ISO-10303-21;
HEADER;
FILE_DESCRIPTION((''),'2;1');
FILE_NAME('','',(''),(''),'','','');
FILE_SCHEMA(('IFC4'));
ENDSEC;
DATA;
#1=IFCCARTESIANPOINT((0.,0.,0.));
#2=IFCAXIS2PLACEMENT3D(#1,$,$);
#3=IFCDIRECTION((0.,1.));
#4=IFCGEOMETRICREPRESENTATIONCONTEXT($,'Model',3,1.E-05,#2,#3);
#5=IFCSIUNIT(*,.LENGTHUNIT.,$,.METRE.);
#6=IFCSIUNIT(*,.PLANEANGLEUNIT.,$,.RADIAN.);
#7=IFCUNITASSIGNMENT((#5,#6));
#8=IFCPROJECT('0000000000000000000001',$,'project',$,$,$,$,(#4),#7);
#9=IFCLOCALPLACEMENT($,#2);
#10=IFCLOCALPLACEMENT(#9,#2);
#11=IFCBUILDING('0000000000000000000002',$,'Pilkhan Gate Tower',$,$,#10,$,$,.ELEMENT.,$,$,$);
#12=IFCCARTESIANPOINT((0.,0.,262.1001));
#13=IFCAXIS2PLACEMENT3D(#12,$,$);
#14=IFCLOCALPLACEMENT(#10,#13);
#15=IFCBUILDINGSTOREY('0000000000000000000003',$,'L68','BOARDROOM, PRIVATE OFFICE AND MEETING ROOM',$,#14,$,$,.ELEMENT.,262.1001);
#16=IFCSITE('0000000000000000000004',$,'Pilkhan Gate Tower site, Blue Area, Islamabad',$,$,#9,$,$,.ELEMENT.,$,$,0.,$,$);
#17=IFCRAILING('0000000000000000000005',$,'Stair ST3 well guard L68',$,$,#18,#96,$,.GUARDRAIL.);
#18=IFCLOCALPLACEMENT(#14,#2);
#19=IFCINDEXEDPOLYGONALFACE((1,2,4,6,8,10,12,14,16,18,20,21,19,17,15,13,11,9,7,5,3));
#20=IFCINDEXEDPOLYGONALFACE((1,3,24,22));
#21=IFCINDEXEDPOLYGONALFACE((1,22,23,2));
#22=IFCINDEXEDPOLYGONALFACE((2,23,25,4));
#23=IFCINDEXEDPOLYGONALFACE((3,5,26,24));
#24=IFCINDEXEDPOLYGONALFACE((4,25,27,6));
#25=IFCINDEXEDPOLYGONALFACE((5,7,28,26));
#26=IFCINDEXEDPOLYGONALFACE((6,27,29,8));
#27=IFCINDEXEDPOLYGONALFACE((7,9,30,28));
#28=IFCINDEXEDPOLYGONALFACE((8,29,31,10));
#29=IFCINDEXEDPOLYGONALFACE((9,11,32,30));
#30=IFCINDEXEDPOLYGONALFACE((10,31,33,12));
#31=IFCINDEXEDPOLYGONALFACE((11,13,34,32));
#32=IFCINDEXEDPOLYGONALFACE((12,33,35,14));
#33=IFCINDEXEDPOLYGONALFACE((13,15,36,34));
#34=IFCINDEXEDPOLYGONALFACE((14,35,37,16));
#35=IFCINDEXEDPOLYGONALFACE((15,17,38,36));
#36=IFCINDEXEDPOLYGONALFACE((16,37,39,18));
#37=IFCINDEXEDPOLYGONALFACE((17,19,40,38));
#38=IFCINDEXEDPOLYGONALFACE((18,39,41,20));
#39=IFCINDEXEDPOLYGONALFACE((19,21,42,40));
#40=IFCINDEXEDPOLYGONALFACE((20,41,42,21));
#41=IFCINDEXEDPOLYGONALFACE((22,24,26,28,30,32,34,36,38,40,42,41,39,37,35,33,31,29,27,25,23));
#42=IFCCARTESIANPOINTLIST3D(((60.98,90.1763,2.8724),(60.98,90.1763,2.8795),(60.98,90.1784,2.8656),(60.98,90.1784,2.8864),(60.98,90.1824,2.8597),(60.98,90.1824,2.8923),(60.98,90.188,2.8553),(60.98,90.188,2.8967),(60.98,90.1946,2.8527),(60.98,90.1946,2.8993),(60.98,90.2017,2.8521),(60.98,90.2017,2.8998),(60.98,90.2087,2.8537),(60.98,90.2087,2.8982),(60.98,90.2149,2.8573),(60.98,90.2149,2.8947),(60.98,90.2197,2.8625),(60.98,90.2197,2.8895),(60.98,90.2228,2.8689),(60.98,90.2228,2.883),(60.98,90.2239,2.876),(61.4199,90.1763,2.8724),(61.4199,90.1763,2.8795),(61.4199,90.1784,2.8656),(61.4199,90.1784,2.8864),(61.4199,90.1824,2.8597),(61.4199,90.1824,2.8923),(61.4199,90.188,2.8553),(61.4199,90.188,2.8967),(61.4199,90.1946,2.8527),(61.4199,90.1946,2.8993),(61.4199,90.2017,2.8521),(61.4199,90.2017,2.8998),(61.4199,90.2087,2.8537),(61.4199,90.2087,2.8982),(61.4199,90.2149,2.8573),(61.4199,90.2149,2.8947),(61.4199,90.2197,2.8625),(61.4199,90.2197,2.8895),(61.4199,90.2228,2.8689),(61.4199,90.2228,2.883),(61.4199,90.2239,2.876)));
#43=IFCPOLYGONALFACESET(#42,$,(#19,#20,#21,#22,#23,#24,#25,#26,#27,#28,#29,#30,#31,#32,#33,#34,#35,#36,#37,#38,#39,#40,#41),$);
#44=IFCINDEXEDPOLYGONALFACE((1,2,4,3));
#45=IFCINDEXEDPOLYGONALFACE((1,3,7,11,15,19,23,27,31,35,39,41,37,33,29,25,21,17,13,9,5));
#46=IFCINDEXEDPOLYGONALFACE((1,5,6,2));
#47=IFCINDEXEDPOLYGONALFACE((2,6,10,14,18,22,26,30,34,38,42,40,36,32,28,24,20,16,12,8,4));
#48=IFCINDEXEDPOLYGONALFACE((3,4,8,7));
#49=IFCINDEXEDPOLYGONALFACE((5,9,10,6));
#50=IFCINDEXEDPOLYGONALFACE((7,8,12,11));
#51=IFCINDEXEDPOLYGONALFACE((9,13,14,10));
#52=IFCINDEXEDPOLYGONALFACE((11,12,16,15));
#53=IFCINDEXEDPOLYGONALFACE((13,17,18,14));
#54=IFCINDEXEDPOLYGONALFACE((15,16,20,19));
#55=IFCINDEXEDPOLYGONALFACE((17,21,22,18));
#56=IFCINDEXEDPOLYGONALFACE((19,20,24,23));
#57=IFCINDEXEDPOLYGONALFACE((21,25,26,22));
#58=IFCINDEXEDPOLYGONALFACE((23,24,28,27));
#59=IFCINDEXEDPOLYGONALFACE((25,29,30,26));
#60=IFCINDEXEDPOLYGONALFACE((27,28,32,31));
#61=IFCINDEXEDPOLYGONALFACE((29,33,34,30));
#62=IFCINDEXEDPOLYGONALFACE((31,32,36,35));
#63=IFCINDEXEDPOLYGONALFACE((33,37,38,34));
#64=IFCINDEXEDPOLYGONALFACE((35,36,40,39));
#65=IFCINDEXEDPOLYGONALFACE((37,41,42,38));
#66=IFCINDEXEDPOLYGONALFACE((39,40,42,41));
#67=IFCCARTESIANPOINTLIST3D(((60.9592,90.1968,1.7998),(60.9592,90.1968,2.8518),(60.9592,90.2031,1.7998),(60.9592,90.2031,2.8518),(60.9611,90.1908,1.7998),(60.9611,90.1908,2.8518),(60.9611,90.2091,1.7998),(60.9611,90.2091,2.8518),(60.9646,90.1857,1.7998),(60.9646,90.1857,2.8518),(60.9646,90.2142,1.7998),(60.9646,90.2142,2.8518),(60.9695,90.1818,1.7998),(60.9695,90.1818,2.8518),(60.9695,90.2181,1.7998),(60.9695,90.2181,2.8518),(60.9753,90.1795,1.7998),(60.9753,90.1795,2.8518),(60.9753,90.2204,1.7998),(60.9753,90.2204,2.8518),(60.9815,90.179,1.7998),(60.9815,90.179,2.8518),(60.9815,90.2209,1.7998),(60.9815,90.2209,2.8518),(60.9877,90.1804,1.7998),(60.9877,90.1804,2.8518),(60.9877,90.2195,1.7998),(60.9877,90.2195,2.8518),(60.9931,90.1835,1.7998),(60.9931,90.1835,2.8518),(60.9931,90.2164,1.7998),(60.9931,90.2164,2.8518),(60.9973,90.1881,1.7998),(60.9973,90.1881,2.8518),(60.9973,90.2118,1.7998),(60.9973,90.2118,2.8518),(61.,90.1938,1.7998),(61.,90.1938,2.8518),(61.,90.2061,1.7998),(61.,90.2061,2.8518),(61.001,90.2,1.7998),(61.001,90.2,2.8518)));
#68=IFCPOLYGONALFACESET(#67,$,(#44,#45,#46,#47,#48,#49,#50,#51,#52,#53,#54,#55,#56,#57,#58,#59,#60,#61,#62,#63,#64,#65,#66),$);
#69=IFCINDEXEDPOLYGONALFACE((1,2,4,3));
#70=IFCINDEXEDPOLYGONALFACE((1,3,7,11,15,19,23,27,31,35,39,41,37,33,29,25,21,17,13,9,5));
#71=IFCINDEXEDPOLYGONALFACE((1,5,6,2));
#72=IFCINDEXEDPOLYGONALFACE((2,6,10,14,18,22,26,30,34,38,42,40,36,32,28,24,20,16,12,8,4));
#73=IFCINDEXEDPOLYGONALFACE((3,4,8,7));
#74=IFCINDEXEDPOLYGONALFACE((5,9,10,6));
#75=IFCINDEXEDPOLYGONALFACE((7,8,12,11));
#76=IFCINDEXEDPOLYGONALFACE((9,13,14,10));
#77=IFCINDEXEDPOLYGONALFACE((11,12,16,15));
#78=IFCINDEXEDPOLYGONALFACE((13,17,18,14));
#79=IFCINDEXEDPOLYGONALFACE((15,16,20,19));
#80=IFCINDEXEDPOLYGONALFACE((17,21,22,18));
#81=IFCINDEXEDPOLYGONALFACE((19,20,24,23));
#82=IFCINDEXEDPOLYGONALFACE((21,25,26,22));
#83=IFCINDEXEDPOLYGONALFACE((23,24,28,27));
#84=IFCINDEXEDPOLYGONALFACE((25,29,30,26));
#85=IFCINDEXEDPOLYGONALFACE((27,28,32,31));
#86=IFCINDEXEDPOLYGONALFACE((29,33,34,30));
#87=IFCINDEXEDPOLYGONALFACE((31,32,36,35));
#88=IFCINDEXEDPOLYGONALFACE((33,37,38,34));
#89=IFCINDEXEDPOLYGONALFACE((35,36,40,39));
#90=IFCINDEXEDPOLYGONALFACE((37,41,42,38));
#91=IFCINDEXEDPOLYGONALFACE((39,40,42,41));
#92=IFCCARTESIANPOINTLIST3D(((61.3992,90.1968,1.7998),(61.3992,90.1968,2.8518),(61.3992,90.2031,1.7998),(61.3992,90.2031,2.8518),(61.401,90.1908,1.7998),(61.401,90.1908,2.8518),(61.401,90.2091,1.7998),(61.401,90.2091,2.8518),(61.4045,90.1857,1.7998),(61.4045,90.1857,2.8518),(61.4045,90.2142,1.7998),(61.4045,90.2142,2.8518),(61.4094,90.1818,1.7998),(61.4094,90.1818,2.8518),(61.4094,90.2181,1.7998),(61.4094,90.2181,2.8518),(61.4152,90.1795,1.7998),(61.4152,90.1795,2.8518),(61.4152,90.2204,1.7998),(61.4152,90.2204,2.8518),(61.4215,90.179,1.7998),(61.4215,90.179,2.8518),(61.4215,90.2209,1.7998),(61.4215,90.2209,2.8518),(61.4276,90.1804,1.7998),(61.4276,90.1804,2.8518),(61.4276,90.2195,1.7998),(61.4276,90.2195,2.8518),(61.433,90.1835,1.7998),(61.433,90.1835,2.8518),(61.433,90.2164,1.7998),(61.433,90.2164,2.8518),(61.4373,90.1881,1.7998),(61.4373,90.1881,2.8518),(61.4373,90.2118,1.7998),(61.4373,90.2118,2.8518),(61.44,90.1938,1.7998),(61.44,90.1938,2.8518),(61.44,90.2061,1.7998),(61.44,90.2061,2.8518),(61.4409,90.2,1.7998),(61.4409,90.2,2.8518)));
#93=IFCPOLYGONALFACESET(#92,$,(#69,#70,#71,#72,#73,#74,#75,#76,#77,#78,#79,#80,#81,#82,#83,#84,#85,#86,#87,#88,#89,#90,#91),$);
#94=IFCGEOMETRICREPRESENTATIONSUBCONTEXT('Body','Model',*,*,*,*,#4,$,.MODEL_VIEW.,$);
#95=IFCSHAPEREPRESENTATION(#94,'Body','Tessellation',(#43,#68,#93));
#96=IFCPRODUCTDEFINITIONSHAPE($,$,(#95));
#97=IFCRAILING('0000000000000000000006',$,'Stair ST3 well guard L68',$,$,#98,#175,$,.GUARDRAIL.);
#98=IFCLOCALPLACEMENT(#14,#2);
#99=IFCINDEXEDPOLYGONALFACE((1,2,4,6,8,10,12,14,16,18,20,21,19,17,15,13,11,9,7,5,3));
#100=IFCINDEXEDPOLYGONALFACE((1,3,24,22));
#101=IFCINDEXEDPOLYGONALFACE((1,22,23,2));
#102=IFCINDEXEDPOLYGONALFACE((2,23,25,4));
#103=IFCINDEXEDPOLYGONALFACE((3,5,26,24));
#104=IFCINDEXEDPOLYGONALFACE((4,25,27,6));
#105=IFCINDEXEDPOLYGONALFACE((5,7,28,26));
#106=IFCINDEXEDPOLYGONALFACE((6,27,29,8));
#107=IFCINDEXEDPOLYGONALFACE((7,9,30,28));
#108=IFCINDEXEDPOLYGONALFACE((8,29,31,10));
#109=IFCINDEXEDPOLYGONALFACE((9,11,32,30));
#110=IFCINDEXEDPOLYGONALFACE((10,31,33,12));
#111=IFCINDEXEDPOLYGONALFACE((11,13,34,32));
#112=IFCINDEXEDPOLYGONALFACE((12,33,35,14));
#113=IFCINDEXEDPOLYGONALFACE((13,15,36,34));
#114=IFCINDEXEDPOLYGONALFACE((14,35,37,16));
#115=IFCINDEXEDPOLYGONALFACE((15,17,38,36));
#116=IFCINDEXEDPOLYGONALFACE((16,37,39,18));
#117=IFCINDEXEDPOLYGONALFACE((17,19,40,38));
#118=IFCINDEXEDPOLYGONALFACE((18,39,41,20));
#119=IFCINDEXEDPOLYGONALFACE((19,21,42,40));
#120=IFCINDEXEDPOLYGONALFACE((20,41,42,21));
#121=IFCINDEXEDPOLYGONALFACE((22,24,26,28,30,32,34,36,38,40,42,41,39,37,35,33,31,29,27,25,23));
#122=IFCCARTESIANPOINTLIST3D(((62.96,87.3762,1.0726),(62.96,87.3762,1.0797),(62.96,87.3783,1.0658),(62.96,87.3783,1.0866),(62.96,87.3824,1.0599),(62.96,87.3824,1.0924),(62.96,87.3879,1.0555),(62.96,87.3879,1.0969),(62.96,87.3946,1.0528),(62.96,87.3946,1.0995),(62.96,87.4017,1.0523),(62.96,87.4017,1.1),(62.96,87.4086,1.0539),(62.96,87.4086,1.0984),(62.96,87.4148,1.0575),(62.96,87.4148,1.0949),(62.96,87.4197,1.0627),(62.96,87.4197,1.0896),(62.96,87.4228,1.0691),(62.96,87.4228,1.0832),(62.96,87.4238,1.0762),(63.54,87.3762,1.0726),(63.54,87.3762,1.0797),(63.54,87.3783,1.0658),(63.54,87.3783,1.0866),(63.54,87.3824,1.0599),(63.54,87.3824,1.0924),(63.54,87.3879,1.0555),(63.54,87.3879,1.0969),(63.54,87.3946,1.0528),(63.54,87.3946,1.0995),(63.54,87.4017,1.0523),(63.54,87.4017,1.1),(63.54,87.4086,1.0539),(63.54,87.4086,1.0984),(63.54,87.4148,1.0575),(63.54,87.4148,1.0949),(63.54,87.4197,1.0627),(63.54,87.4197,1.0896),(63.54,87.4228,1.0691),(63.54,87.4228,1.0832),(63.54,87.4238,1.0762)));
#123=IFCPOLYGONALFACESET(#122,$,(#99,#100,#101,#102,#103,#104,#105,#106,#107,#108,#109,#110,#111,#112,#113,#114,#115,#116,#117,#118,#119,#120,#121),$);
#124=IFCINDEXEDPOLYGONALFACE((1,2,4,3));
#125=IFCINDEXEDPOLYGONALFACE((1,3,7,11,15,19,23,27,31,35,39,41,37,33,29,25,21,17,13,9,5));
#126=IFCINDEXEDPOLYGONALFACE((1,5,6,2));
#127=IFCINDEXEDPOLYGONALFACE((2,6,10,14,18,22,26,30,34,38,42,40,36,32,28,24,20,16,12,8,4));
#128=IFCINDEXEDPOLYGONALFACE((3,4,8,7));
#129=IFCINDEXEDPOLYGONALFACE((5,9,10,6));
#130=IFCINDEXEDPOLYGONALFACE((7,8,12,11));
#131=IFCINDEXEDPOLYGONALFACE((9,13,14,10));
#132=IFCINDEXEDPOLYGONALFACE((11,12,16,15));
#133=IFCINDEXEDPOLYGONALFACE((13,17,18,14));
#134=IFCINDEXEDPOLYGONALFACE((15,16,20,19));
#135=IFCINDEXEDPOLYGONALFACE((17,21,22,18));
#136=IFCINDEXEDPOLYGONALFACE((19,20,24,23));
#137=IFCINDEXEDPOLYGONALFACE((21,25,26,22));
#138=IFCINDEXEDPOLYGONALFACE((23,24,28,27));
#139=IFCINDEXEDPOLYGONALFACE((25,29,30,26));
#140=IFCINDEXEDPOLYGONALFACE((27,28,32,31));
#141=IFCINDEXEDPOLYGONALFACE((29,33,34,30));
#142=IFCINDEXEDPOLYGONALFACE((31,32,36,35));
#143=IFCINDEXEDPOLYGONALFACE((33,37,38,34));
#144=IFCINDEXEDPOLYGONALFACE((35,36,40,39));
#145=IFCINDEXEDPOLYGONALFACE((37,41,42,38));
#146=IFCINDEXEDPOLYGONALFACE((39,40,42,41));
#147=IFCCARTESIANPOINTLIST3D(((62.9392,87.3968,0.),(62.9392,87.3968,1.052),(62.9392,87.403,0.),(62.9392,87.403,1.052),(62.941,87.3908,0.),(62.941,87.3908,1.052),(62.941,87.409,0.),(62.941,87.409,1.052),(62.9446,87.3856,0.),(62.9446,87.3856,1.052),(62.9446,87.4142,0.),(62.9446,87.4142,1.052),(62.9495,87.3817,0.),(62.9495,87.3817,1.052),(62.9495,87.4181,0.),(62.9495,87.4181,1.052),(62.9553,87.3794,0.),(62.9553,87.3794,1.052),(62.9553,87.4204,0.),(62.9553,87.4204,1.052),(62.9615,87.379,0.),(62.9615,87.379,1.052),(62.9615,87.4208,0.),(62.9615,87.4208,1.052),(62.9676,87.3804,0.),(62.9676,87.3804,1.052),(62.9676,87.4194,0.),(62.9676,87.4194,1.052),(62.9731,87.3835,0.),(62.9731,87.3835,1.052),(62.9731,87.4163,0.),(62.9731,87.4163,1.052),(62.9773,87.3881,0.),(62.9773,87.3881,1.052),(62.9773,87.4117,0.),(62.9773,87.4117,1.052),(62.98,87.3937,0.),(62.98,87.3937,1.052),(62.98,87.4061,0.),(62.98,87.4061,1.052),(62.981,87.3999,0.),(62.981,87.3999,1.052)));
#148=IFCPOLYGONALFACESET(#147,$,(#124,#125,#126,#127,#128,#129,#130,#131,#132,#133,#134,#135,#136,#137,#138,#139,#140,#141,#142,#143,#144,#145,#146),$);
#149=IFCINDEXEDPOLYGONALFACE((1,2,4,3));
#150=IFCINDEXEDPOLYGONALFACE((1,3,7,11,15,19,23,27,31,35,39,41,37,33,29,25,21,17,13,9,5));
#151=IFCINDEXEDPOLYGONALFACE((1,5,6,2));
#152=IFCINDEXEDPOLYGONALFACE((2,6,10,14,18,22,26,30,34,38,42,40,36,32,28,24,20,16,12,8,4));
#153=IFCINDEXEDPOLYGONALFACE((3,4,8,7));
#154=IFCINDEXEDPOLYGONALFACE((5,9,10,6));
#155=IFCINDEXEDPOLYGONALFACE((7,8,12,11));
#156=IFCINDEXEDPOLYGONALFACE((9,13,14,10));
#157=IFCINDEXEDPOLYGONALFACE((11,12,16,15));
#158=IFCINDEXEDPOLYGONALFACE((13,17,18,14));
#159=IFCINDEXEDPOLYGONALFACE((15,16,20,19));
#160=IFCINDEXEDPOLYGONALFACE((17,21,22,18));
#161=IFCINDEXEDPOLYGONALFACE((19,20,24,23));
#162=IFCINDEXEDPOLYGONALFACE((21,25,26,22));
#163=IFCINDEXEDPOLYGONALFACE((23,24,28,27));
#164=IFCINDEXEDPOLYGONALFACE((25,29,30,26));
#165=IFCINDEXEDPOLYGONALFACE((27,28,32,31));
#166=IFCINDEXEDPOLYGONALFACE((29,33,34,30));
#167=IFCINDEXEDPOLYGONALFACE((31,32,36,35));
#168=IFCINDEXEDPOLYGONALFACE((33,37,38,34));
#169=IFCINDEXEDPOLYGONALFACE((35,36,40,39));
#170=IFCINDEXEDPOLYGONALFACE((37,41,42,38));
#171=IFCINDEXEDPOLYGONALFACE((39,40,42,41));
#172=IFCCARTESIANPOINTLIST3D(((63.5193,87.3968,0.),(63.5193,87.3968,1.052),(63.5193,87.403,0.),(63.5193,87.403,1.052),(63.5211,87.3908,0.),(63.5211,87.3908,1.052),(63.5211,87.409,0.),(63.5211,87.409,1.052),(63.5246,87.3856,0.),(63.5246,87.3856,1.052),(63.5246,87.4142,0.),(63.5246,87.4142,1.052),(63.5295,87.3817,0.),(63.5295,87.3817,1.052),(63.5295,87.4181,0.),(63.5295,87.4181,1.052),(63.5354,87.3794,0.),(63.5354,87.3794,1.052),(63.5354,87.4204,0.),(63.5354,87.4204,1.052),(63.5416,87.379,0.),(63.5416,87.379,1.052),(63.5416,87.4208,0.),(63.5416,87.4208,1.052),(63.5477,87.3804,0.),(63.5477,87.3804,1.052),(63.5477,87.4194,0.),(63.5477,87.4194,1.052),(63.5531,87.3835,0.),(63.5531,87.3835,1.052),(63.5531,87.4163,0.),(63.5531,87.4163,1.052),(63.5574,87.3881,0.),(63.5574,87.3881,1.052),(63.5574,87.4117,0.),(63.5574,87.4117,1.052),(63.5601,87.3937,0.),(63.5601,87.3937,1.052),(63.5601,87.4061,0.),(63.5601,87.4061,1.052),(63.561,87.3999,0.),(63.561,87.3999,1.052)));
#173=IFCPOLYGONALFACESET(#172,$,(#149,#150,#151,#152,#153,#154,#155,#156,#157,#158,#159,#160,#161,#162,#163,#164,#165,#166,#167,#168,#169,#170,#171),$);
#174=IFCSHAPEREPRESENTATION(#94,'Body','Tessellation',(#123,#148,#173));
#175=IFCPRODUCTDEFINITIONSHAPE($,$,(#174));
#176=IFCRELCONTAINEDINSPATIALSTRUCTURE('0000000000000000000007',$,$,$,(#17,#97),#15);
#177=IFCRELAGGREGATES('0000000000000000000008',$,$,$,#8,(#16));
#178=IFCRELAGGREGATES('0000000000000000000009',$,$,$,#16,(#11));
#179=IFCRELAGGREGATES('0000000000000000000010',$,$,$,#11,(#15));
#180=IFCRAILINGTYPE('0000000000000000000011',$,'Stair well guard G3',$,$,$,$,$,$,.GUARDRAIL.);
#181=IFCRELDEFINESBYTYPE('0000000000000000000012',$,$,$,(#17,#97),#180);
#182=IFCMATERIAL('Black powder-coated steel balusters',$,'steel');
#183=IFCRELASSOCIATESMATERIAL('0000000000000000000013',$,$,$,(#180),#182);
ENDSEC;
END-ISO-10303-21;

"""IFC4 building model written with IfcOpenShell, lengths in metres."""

from ifc_helpers import new_model, si_unit, direction, frame, origin, origin_2d, place, context, subcontext, project, spatial, circle, extrude, material, type_object, element, save


model = new_model("IFC4")

# Units and contexts
model_context = context("Model", 3, precision=1e-05, world=origin(), true_north=direction((0.0, 1.0)))
body_context = subcontext(model_context, "Body", "Model", "MODEL_VIEW")
ifc_project = project(units=[si_unit("LENGTHUNIT", "METRE"), si_unit("PLANEANGLEUNIT", "RADIAN")], contexts=[model_context])

# Site, building, storey
site_placement = place(None, origin())
site = spatial("IfcSite", under=ifc_project, at=site_placement, Name="Pilkhan Gate Tower site, Blue Area, Islamabad", CompositionType="ELEMENT", RefElevation=0.0)
building_placement = place(site_placement, origin())
building = spatial("IfcBuilding", under=site, at=building_placement, Name="Pilkhan Gate Tower", CompositionType="ELEMENT")
storey_placement = place(building_placement, frame((0.0, 0.0, 262.1001)))
storey = spatial("IfcBuildingStorey", under=building, at=storey_placement, Name="L68", Description="BOARDROOM, PRIVATE OFFICE AND MEETING ROOM", CompositionType="ELEMENT", Elevation=262.1001)

# Railings
ifc_material_1 = material(Name="Black powder-coated steel balusters", Category="steel")
railing_type_1 = type_object("IfcRailingType", Name="Stair well guard G3", PredefinedType="GUARDRAIL", material=ifc_material_1)
railing_1_placement = place(storey_placement, frame((60.98, 90.2, 1.7998)))
element("IfcRailing", 1, at=railing_1_placement, inside=storey, type_object=railing_type_1, Name="Stair ST3 well guard L68", PredefinedType="GUARDRAIL", context=body_context, shape_type="SweptSolid", body=[
    extrude(circle(Radius=0.0239, at=origin_2d()), frame((0.0, 0.0, 1.0762), z_axis=(1.0, 0.0, 0.0), x_axis=(0.0, 1.0, 0.0)), (0.0, 0.0, 1.0), 0.4399),
    extrude(circle(Radius=0.021, at=origin_2d()), origin(), (0.0, 0.0, 1.0), 1.052),
    extrude(circle(Radius=0.021, at=origin_2d()), frame((0.4399, 0.0, 0.0)), (0.0, 0.0, 1.0), 1.052),
])
for number, where, name in (
    (2, (62.96, 87.3999, 0.0), "Stair ST3 well guard L68"),
):
    element("IfcRailing", number, at=place(storey_placement, frame(where)), inside=storey, type_object=railing_type_1, Name=name, PredefinedType="GUARDRAIL", context=body_context, shape_type="SweptSolid", body=[
        extrude(circle(Radius=0.0239, at=origin_2d()), frame((0.0, 0.0, 1.0762), z_axis=(1.0, 0.0, 0.0), x_axis=(0.0, 1.0, 0.0)), (0.0, 0.0, 1.0), 0.5801),
        extrude(circle(Radius=0.021, at=origin_2d()), origin(), (0.0, 0.0, 1.0), 1.052),
        extrude(circle(Radius=0.021, at=origin_2d()), frame((0.5801, 0.0, 0.0)), (0.0, 0.0, 1.0), 1.052),
    ])

save(model, "model.ifc")
